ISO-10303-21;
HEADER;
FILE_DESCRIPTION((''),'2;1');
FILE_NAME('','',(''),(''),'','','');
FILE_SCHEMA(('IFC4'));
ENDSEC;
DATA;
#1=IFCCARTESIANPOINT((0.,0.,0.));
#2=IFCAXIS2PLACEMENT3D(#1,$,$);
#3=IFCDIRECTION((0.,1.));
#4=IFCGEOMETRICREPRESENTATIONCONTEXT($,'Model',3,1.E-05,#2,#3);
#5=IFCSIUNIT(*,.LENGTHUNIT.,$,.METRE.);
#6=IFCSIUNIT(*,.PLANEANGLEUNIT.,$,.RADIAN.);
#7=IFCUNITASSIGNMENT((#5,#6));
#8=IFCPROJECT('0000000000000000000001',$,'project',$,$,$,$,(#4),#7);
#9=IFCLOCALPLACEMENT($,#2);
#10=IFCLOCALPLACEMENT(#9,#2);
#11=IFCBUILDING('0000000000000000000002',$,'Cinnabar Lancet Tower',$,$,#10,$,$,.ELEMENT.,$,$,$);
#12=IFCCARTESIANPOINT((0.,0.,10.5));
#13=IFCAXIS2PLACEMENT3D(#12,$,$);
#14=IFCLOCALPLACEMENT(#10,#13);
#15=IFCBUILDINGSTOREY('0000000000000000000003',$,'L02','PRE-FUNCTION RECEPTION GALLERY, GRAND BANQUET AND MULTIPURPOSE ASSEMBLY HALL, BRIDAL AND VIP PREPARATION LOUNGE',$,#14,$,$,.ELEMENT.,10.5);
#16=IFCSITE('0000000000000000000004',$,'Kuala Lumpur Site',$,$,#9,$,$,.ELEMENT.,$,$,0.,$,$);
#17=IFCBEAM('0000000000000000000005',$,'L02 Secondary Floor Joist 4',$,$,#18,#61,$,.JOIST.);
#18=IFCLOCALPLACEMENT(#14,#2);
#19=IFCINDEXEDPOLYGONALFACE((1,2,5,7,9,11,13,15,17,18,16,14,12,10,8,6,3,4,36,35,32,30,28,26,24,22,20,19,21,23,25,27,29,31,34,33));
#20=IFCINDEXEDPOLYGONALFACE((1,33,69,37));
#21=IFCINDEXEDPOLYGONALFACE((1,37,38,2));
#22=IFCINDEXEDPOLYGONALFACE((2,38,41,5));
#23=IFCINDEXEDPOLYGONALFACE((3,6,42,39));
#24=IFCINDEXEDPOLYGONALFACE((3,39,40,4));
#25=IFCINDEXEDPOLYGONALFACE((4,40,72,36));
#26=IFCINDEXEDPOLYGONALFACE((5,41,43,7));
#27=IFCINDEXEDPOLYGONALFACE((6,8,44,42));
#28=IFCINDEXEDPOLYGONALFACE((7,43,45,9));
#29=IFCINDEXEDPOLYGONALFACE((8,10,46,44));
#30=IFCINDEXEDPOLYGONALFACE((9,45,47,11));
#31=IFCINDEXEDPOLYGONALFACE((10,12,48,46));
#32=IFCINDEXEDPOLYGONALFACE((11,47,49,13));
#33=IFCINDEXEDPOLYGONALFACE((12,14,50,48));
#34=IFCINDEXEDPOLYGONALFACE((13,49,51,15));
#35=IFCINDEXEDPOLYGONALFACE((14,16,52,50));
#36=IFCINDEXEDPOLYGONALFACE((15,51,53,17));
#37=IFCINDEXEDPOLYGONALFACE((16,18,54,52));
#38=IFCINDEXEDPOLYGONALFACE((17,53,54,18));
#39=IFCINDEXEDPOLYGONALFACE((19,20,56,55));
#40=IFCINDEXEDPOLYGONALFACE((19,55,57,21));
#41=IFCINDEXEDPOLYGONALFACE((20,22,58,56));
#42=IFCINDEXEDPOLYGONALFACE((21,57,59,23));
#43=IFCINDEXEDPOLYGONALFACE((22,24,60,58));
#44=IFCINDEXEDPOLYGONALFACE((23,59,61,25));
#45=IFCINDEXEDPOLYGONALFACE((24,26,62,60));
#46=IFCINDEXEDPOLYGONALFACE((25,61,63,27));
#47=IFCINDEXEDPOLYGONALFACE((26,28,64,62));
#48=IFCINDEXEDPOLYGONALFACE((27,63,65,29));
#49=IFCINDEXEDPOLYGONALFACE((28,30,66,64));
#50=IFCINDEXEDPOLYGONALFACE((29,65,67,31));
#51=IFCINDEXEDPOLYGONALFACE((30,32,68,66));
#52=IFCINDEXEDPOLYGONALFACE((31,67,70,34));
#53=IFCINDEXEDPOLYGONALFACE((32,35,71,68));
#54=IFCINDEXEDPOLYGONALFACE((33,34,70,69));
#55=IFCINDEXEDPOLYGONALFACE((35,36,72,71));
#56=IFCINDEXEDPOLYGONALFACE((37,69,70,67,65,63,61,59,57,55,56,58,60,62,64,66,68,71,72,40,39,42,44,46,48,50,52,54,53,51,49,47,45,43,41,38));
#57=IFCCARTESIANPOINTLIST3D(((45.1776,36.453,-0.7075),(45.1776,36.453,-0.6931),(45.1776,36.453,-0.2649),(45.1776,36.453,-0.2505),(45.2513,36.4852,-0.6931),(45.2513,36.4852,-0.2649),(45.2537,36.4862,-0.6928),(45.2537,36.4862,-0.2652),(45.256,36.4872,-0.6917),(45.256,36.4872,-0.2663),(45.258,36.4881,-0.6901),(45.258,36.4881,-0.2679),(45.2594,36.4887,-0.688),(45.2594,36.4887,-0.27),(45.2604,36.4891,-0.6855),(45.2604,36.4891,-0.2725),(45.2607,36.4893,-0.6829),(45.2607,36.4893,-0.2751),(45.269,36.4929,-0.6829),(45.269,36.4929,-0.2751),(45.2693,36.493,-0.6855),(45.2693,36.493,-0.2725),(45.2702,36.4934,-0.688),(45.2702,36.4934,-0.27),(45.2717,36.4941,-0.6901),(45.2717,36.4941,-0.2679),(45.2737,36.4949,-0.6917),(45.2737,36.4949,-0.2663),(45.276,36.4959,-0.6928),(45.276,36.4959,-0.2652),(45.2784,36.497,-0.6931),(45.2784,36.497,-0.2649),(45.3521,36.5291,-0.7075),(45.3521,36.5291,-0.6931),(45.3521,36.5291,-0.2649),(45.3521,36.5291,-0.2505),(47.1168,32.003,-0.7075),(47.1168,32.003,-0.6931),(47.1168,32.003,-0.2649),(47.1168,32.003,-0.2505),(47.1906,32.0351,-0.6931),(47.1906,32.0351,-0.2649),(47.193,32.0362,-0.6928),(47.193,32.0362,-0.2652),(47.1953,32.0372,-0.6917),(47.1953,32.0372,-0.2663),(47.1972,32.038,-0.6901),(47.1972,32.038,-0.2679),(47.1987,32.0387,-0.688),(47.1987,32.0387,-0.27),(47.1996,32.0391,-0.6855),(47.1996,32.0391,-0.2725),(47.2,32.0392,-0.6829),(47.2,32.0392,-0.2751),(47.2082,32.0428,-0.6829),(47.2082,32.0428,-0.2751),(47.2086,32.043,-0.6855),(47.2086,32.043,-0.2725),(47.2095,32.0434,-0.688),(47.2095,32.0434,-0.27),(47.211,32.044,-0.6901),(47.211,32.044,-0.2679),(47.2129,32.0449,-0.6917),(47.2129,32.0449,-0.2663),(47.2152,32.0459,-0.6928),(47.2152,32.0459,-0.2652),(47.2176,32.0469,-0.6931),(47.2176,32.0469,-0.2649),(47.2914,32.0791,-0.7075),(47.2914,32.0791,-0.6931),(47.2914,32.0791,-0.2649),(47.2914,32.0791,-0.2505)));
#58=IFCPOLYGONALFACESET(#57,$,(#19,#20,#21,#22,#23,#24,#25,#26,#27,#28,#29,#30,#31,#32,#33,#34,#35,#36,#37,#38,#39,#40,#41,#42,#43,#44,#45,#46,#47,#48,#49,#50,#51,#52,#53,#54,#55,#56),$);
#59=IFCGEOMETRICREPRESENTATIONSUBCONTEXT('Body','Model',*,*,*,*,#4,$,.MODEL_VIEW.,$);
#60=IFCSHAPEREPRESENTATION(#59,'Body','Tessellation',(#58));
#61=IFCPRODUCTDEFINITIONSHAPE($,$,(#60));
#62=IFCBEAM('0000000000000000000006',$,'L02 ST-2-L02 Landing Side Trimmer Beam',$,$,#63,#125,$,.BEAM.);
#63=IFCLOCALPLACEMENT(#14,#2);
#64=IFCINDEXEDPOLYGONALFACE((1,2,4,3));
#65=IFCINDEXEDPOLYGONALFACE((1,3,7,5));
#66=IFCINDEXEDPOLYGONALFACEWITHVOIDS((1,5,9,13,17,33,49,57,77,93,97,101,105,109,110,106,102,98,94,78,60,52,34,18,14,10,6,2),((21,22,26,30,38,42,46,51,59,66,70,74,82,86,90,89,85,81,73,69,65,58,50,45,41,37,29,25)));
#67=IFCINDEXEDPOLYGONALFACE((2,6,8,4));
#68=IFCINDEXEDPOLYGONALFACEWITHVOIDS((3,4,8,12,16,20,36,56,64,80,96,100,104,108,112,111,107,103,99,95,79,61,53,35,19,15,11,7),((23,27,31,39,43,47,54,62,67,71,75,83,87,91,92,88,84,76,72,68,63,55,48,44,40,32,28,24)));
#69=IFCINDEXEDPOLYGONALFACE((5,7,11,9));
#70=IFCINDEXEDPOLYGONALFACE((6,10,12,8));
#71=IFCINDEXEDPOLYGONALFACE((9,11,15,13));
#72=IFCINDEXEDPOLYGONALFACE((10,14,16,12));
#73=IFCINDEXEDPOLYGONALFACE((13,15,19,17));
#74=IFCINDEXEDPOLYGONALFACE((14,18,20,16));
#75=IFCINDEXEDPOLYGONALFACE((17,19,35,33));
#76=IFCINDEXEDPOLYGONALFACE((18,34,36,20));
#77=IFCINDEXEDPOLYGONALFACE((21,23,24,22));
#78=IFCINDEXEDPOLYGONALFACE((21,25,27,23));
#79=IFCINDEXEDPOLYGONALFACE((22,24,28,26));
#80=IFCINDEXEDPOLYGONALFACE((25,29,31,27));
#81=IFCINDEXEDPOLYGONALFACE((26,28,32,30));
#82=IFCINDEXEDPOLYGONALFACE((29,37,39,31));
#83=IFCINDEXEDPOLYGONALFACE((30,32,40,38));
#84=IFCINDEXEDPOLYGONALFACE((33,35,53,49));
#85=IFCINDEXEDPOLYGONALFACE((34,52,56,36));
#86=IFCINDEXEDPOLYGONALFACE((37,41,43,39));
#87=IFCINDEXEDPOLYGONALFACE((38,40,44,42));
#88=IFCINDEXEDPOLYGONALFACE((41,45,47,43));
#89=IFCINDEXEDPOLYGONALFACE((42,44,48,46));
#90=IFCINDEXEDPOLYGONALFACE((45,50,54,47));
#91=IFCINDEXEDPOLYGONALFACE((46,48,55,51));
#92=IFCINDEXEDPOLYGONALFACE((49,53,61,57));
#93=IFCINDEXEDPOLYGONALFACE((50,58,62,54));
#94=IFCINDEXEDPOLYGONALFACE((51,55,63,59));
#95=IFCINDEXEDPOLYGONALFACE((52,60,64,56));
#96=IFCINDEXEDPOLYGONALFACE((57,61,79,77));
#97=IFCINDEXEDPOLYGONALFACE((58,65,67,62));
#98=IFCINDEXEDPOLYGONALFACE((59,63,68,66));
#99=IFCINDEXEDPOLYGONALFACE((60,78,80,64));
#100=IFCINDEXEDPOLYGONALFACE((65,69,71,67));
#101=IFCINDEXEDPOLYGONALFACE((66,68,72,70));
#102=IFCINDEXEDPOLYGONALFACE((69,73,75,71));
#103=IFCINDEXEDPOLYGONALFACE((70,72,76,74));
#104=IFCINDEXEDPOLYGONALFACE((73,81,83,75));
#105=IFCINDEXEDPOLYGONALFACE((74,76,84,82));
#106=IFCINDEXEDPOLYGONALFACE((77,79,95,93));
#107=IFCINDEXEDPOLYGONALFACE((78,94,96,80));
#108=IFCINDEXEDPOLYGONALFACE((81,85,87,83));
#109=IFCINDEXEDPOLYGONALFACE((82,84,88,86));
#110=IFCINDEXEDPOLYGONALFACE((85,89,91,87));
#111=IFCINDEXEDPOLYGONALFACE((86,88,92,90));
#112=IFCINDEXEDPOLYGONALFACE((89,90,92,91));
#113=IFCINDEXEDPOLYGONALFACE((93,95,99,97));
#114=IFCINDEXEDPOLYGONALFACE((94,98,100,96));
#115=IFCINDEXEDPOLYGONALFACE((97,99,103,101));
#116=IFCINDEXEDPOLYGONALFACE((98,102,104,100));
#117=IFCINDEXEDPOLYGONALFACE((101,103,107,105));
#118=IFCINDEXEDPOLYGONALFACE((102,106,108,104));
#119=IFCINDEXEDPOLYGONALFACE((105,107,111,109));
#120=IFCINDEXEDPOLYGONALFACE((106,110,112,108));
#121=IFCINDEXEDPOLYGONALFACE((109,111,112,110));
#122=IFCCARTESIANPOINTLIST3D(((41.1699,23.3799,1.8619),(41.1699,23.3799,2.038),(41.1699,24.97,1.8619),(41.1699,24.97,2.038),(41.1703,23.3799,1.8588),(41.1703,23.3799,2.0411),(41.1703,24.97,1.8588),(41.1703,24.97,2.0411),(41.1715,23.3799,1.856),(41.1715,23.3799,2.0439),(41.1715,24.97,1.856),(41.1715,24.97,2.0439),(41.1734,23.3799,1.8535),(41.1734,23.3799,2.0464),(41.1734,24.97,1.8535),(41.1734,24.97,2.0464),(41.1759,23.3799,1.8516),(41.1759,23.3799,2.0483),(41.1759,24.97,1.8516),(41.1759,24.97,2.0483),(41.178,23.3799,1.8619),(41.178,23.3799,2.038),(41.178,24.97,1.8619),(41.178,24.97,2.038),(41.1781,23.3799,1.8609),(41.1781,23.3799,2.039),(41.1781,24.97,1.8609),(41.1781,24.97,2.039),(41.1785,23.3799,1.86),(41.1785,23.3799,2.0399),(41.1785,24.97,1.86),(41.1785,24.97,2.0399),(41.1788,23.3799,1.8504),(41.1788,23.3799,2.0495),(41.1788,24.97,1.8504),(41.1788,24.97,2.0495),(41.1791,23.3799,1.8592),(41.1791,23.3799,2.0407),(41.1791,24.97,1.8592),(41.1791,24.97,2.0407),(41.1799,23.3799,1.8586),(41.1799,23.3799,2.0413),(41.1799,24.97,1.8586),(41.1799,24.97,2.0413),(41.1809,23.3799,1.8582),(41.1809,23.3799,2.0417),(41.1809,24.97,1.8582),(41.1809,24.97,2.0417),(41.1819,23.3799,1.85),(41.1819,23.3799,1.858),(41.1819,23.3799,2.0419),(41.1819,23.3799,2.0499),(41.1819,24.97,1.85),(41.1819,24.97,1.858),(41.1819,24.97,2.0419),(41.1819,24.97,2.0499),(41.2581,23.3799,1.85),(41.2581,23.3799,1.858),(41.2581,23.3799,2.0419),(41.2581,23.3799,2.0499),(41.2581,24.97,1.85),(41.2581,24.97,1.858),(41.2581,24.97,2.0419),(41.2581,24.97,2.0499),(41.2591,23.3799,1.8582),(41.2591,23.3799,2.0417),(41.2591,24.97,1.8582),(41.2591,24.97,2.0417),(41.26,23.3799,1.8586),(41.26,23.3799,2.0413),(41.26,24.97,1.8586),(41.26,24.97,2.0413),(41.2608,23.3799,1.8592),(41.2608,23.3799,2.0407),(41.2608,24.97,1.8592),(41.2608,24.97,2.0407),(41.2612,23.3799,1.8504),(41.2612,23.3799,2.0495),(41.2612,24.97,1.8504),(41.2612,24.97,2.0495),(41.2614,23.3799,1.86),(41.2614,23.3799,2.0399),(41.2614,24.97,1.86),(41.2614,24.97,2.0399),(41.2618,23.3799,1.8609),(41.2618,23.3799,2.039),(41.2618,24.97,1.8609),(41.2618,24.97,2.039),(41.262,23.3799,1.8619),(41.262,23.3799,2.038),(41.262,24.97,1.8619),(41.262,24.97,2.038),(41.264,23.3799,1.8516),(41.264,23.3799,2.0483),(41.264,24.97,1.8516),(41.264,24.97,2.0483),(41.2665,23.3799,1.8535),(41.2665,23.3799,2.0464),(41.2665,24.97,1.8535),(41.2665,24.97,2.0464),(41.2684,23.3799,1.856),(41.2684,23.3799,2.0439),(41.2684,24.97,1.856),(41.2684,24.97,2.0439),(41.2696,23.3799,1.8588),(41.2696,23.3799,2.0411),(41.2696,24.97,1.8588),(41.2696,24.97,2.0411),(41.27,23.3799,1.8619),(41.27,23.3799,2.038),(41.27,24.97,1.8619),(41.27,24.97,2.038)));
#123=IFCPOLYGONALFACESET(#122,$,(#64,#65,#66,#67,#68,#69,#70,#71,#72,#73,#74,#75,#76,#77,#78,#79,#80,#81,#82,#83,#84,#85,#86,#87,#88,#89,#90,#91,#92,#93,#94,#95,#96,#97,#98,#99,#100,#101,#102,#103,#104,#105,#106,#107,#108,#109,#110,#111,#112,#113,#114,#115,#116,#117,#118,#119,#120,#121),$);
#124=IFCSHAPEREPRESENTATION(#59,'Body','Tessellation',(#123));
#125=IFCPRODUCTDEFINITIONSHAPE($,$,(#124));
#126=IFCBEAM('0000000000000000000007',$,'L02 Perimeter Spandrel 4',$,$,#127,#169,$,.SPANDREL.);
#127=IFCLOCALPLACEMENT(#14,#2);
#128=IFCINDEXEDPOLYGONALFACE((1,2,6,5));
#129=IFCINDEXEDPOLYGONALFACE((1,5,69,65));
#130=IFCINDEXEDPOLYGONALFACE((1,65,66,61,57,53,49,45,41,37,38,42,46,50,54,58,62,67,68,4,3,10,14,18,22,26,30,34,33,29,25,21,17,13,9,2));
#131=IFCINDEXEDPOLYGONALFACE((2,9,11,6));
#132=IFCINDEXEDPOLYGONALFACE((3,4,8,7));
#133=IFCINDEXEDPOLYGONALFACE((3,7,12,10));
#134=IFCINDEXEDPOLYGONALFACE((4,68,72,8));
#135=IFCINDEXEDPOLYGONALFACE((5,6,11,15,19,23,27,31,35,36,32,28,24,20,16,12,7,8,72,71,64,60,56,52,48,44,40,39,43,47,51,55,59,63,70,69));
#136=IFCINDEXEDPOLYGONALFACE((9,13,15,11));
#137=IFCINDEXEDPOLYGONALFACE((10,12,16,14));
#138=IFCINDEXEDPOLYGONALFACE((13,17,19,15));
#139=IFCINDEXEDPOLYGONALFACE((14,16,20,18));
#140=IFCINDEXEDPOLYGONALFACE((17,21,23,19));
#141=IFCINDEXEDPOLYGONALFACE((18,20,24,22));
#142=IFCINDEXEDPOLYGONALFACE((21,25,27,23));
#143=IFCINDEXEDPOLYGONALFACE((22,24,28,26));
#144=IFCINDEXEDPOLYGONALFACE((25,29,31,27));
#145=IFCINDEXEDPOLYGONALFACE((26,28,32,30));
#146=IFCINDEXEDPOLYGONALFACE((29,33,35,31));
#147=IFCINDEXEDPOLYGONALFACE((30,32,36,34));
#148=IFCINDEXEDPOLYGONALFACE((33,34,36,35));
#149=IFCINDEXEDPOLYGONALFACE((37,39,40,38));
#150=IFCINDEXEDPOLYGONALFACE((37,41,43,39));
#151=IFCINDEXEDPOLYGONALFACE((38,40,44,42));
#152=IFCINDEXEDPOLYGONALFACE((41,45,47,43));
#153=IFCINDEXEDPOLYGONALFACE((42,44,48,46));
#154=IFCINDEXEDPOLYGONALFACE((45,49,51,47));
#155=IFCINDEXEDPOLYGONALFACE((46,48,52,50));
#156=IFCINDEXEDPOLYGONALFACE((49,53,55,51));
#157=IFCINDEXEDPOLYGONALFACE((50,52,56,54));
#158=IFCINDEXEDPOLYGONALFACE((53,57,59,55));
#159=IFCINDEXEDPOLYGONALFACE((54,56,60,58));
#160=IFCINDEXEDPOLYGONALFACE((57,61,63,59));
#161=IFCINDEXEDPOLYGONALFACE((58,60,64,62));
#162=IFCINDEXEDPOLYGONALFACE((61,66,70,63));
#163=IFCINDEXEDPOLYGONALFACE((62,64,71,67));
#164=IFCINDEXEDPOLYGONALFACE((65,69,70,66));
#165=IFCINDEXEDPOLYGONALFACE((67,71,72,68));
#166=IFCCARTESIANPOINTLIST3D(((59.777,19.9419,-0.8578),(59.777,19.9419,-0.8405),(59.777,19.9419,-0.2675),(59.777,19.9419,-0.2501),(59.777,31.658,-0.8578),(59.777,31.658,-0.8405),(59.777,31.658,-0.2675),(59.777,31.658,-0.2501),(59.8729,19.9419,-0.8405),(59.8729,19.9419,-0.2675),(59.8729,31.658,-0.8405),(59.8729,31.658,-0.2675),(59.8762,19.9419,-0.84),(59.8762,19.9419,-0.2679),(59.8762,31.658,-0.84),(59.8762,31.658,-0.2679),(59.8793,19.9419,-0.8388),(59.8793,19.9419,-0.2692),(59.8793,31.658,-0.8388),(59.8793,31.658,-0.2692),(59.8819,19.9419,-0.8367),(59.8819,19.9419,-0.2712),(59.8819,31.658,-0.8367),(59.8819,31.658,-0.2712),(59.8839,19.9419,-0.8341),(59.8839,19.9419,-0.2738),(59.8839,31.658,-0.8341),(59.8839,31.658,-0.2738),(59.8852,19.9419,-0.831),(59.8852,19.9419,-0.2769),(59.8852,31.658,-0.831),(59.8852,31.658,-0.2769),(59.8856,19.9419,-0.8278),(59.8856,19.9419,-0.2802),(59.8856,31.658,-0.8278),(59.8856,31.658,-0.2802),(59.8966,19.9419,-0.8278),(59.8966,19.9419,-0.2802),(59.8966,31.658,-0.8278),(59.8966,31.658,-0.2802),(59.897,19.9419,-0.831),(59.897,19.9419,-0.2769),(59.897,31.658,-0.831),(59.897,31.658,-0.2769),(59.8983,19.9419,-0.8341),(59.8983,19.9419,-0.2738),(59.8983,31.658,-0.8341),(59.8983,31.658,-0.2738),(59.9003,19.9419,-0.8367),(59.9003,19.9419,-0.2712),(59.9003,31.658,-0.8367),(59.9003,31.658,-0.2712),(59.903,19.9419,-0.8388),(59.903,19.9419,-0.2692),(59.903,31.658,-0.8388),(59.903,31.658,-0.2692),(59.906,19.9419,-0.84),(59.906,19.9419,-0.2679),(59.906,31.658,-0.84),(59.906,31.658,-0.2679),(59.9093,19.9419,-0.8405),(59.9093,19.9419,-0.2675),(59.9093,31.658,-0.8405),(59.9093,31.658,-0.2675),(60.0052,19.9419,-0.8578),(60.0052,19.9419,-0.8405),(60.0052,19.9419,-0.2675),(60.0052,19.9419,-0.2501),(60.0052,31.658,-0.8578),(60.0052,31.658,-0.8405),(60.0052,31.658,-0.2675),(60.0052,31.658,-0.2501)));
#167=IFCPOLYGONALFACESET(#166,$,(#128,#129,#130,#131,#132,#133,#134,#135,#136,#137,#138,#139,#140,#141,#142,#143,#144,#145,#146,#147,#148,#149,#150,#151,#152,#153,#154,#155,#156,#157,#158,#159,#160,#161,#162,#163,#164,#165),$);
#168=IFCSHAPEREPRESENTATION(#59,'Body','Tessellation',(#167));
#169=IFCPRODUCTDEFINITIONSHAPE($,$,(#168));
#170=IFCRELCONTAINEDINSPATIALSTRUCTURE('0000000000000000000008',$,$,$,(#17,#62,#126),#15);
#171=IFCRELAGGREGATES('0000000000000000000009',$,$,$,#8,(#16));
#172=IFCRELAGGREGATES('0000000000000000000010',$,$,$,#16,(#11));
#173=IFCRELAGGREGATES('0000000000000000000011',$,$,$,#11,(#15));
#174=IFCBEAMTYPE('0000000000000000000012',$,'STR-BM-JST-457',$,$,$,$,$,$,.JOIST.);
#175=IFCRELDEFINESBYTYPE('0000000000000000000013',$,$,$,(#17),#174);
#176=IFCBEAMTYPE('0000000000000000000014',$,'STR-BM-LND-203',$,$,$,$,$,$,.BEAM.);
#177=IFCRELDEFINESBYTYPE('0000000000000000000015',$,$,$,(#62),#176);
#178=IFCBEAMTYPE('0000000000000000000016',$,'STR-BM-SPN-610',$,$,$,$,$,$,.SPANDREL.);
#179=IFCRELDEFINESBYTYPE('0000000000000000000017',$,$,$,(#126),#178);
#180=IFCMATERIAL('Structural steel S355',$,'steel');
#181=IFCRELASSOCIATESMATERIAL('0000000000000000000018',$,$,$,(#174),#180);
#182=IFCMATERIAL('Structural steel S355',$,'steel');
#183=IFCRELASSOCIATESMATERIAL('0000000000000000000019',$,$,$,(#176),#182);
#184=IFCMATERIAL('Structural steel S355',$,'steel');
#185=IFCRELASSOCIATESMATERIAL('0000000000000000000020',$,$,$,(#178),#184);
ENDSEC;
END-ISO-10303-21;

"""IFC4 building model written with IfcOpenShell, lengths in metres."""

from ifc_helpers import new_model, si_unit, direction, frame, origin, origin_2d, place, context, subcontext, project, spatial, hollow_rectangle, i_section, extrude, material, material_profile, profile_set, type_object, element, save


model = new_model("IFC4")

# Units and contexts
model_context = context("Model", 3, precision=1e-05, world=origin(), true_north=direction((0.0, 1.0)))
body_context = subcontext(model_context, "Body", "Model", "MODEL_VIEW")
ifc_project = project(units=[si_unit("LENGTHUNIT", "METRE"), si_unit("PLANEANGLEUNIT", "RADIAN")], contexts=[model_context])

# Site, building, storey
site_placement = place(None, origin())
site = spatial("IfcSite", under=ifc_project, at=site_placement, Name="Kuala Lumpur Site", CompositionType="ELEMENT", RefElevation=0.0)
building_placement = place(site_placement, origin())
building = spatial("IfcBuilding", under=site, at=building_placement, Name="Cinnabar Lancet Tower", CompositionType="ELEMENT")
storey_placement = place(building_placement, frame((0.0, 0.0, 10.5)))
storey = spatial("IfcBuildingStorey", under=building, at=storey_placement, Name="L02", Description="PRE-FUNCTION RECEPTION GALLERY, GRAND BANQUET AND MULTIPURPOSE ASSEMBLY HALL, BRIDAL AND VIP PREPARATION LOUNGE", CompositionType="ELEMENT", Elevation=10.5)

# Beams
ifc_material_1 = material(Name="Structural steel S355", Category="steel")
ifc_material_profile_1 = material_profile(ifc_material_1, i_section(OverallWidth=0.1904, OverallDepth=0.457, WebThickness=0.009, FlangeThickness=0.0144, FilletRadius=0.0103, at=origin_2d()), Name="UKB 457x191x74")
ifc_profile_set_1 = profile_set([ifc_material_profile_1], Name="Structural steel S355")
beam_type_1 = type_object("IfcBeamType", Name="STR-BM-JST-457", PredefinedType="JOIST", material=ifc_profile_set_1)
beam_1_placement = place(storey_placement, frame((47.2041, 32.041, -0.479), z_axis=(-0.399497, 0.916735, 0.0), x_axis=(-0.916735, -0.399497, 0.0)))
element("IfcBeam", 1, at=beam_1_placement, inside=storey, type_object=beam_type_1, Name="L02 Secondary Floor Joist 4", PredefinedType="JOIST", context=body_context, shape_type="SweptSolid", body=[
    extrude(i_section(OverallWidth=0.1904, OverallDepth=0.457, WebThickness=0.009, FlangeThickness=0.0144, FilletRadius=0.0103, at=origin_2d()), origin(), (0.0, 0.0, 1.0), 4.8542),
])
ifc_material_2 = material(Name="Structural steel S355", Category="steel")
ifc_material_profile_2 = material_profile(ifc_material_2, hollow_rectangle(XDim=0.1001, YDim=0.2, WallThickness=0.0081, InnerFilletRadius=0.0039, OuterFilletRadius=0.012, at=origin_2d()), Name="RHS 200x100x8")
ifc_profile_set_2 = profile_set([ifc_material_profile_2], Name="Structural steel S355")
beam_type_2 = type_object("IfcBeamType", Name="STR-BM-LND-203", PredefinedType="BEAM", material=ifc_profile_set_2)
beam_2_placement = place(storey_placement, frame((41.22, 23.3799, 1.95), z_axis=(0.0, 1.0, 0.0), x_axis=(-1.0, 0.0, 0.0)))
element("IfcBeam", 2, at=beam_2_placement, inside=storey, type_object=beam_type_2, Name="L02 ST-2-L02 Landing Side Trimmer Beam", PredefinedType="BEAM", context=body_context, shape_type="SweptSolid", body=[
    extrude(hollow_rectangle(XDim=0.1001, YDim=0.2, WallThickness=0.0081, InnerFilletRadius=0.0039, OuterFilletRadius=0.012, at=origin_2d()), origin(), (0.0, 0.0, 1.0), 1.5901),
])
ifc_material_3 = material(Name="Structural steel S355", Category="steel")
ifc_material_profile_3 = material_profile(ifc_material_3, i_section(OverallWidth=0.2283, OverallDepth=0.6077, WebThickness=0.011, FlangeThickness=0.0173, FilletRadius=0.0127, at=origin_2d()), Name="UKB 610x229x113")
ifc_profile_set_3 = profile_set([ifc_material_profile_3], Name="Structural steel S355")
beam_type_3 = type_object("IfcBeamType", Name="STR-BM-SPN-610", PredefinedType="SPANDREL", material=ifc_profile_set_3)
beam_3_placement = place(storey_placement, frame((59.8911, 19.9419, -0.554), z_axis=(0.0, 1.0, 0.0), x_axis=(-1.0, 0.0, 0.0)))
element("IfcBeam", 3, at=beam_3_placement, inside=storey, type_object=beam_type_3, Name="L02 Perimeter Spandrel 4", PredefinedType="SPANDREL", context=body_context, shape_type="SweptSolid", body=[
    extrude(i_section(OverallWidth=0.2283, OverallDepth=0.6077, WebThickness=0.011, FlangeThickness=0.0173, FilletRadius=0.0127, at=origin_2d()), origin(), (0.0, 0.0, 1.0), 11.7161),
])

save(model, "model.ifc")
